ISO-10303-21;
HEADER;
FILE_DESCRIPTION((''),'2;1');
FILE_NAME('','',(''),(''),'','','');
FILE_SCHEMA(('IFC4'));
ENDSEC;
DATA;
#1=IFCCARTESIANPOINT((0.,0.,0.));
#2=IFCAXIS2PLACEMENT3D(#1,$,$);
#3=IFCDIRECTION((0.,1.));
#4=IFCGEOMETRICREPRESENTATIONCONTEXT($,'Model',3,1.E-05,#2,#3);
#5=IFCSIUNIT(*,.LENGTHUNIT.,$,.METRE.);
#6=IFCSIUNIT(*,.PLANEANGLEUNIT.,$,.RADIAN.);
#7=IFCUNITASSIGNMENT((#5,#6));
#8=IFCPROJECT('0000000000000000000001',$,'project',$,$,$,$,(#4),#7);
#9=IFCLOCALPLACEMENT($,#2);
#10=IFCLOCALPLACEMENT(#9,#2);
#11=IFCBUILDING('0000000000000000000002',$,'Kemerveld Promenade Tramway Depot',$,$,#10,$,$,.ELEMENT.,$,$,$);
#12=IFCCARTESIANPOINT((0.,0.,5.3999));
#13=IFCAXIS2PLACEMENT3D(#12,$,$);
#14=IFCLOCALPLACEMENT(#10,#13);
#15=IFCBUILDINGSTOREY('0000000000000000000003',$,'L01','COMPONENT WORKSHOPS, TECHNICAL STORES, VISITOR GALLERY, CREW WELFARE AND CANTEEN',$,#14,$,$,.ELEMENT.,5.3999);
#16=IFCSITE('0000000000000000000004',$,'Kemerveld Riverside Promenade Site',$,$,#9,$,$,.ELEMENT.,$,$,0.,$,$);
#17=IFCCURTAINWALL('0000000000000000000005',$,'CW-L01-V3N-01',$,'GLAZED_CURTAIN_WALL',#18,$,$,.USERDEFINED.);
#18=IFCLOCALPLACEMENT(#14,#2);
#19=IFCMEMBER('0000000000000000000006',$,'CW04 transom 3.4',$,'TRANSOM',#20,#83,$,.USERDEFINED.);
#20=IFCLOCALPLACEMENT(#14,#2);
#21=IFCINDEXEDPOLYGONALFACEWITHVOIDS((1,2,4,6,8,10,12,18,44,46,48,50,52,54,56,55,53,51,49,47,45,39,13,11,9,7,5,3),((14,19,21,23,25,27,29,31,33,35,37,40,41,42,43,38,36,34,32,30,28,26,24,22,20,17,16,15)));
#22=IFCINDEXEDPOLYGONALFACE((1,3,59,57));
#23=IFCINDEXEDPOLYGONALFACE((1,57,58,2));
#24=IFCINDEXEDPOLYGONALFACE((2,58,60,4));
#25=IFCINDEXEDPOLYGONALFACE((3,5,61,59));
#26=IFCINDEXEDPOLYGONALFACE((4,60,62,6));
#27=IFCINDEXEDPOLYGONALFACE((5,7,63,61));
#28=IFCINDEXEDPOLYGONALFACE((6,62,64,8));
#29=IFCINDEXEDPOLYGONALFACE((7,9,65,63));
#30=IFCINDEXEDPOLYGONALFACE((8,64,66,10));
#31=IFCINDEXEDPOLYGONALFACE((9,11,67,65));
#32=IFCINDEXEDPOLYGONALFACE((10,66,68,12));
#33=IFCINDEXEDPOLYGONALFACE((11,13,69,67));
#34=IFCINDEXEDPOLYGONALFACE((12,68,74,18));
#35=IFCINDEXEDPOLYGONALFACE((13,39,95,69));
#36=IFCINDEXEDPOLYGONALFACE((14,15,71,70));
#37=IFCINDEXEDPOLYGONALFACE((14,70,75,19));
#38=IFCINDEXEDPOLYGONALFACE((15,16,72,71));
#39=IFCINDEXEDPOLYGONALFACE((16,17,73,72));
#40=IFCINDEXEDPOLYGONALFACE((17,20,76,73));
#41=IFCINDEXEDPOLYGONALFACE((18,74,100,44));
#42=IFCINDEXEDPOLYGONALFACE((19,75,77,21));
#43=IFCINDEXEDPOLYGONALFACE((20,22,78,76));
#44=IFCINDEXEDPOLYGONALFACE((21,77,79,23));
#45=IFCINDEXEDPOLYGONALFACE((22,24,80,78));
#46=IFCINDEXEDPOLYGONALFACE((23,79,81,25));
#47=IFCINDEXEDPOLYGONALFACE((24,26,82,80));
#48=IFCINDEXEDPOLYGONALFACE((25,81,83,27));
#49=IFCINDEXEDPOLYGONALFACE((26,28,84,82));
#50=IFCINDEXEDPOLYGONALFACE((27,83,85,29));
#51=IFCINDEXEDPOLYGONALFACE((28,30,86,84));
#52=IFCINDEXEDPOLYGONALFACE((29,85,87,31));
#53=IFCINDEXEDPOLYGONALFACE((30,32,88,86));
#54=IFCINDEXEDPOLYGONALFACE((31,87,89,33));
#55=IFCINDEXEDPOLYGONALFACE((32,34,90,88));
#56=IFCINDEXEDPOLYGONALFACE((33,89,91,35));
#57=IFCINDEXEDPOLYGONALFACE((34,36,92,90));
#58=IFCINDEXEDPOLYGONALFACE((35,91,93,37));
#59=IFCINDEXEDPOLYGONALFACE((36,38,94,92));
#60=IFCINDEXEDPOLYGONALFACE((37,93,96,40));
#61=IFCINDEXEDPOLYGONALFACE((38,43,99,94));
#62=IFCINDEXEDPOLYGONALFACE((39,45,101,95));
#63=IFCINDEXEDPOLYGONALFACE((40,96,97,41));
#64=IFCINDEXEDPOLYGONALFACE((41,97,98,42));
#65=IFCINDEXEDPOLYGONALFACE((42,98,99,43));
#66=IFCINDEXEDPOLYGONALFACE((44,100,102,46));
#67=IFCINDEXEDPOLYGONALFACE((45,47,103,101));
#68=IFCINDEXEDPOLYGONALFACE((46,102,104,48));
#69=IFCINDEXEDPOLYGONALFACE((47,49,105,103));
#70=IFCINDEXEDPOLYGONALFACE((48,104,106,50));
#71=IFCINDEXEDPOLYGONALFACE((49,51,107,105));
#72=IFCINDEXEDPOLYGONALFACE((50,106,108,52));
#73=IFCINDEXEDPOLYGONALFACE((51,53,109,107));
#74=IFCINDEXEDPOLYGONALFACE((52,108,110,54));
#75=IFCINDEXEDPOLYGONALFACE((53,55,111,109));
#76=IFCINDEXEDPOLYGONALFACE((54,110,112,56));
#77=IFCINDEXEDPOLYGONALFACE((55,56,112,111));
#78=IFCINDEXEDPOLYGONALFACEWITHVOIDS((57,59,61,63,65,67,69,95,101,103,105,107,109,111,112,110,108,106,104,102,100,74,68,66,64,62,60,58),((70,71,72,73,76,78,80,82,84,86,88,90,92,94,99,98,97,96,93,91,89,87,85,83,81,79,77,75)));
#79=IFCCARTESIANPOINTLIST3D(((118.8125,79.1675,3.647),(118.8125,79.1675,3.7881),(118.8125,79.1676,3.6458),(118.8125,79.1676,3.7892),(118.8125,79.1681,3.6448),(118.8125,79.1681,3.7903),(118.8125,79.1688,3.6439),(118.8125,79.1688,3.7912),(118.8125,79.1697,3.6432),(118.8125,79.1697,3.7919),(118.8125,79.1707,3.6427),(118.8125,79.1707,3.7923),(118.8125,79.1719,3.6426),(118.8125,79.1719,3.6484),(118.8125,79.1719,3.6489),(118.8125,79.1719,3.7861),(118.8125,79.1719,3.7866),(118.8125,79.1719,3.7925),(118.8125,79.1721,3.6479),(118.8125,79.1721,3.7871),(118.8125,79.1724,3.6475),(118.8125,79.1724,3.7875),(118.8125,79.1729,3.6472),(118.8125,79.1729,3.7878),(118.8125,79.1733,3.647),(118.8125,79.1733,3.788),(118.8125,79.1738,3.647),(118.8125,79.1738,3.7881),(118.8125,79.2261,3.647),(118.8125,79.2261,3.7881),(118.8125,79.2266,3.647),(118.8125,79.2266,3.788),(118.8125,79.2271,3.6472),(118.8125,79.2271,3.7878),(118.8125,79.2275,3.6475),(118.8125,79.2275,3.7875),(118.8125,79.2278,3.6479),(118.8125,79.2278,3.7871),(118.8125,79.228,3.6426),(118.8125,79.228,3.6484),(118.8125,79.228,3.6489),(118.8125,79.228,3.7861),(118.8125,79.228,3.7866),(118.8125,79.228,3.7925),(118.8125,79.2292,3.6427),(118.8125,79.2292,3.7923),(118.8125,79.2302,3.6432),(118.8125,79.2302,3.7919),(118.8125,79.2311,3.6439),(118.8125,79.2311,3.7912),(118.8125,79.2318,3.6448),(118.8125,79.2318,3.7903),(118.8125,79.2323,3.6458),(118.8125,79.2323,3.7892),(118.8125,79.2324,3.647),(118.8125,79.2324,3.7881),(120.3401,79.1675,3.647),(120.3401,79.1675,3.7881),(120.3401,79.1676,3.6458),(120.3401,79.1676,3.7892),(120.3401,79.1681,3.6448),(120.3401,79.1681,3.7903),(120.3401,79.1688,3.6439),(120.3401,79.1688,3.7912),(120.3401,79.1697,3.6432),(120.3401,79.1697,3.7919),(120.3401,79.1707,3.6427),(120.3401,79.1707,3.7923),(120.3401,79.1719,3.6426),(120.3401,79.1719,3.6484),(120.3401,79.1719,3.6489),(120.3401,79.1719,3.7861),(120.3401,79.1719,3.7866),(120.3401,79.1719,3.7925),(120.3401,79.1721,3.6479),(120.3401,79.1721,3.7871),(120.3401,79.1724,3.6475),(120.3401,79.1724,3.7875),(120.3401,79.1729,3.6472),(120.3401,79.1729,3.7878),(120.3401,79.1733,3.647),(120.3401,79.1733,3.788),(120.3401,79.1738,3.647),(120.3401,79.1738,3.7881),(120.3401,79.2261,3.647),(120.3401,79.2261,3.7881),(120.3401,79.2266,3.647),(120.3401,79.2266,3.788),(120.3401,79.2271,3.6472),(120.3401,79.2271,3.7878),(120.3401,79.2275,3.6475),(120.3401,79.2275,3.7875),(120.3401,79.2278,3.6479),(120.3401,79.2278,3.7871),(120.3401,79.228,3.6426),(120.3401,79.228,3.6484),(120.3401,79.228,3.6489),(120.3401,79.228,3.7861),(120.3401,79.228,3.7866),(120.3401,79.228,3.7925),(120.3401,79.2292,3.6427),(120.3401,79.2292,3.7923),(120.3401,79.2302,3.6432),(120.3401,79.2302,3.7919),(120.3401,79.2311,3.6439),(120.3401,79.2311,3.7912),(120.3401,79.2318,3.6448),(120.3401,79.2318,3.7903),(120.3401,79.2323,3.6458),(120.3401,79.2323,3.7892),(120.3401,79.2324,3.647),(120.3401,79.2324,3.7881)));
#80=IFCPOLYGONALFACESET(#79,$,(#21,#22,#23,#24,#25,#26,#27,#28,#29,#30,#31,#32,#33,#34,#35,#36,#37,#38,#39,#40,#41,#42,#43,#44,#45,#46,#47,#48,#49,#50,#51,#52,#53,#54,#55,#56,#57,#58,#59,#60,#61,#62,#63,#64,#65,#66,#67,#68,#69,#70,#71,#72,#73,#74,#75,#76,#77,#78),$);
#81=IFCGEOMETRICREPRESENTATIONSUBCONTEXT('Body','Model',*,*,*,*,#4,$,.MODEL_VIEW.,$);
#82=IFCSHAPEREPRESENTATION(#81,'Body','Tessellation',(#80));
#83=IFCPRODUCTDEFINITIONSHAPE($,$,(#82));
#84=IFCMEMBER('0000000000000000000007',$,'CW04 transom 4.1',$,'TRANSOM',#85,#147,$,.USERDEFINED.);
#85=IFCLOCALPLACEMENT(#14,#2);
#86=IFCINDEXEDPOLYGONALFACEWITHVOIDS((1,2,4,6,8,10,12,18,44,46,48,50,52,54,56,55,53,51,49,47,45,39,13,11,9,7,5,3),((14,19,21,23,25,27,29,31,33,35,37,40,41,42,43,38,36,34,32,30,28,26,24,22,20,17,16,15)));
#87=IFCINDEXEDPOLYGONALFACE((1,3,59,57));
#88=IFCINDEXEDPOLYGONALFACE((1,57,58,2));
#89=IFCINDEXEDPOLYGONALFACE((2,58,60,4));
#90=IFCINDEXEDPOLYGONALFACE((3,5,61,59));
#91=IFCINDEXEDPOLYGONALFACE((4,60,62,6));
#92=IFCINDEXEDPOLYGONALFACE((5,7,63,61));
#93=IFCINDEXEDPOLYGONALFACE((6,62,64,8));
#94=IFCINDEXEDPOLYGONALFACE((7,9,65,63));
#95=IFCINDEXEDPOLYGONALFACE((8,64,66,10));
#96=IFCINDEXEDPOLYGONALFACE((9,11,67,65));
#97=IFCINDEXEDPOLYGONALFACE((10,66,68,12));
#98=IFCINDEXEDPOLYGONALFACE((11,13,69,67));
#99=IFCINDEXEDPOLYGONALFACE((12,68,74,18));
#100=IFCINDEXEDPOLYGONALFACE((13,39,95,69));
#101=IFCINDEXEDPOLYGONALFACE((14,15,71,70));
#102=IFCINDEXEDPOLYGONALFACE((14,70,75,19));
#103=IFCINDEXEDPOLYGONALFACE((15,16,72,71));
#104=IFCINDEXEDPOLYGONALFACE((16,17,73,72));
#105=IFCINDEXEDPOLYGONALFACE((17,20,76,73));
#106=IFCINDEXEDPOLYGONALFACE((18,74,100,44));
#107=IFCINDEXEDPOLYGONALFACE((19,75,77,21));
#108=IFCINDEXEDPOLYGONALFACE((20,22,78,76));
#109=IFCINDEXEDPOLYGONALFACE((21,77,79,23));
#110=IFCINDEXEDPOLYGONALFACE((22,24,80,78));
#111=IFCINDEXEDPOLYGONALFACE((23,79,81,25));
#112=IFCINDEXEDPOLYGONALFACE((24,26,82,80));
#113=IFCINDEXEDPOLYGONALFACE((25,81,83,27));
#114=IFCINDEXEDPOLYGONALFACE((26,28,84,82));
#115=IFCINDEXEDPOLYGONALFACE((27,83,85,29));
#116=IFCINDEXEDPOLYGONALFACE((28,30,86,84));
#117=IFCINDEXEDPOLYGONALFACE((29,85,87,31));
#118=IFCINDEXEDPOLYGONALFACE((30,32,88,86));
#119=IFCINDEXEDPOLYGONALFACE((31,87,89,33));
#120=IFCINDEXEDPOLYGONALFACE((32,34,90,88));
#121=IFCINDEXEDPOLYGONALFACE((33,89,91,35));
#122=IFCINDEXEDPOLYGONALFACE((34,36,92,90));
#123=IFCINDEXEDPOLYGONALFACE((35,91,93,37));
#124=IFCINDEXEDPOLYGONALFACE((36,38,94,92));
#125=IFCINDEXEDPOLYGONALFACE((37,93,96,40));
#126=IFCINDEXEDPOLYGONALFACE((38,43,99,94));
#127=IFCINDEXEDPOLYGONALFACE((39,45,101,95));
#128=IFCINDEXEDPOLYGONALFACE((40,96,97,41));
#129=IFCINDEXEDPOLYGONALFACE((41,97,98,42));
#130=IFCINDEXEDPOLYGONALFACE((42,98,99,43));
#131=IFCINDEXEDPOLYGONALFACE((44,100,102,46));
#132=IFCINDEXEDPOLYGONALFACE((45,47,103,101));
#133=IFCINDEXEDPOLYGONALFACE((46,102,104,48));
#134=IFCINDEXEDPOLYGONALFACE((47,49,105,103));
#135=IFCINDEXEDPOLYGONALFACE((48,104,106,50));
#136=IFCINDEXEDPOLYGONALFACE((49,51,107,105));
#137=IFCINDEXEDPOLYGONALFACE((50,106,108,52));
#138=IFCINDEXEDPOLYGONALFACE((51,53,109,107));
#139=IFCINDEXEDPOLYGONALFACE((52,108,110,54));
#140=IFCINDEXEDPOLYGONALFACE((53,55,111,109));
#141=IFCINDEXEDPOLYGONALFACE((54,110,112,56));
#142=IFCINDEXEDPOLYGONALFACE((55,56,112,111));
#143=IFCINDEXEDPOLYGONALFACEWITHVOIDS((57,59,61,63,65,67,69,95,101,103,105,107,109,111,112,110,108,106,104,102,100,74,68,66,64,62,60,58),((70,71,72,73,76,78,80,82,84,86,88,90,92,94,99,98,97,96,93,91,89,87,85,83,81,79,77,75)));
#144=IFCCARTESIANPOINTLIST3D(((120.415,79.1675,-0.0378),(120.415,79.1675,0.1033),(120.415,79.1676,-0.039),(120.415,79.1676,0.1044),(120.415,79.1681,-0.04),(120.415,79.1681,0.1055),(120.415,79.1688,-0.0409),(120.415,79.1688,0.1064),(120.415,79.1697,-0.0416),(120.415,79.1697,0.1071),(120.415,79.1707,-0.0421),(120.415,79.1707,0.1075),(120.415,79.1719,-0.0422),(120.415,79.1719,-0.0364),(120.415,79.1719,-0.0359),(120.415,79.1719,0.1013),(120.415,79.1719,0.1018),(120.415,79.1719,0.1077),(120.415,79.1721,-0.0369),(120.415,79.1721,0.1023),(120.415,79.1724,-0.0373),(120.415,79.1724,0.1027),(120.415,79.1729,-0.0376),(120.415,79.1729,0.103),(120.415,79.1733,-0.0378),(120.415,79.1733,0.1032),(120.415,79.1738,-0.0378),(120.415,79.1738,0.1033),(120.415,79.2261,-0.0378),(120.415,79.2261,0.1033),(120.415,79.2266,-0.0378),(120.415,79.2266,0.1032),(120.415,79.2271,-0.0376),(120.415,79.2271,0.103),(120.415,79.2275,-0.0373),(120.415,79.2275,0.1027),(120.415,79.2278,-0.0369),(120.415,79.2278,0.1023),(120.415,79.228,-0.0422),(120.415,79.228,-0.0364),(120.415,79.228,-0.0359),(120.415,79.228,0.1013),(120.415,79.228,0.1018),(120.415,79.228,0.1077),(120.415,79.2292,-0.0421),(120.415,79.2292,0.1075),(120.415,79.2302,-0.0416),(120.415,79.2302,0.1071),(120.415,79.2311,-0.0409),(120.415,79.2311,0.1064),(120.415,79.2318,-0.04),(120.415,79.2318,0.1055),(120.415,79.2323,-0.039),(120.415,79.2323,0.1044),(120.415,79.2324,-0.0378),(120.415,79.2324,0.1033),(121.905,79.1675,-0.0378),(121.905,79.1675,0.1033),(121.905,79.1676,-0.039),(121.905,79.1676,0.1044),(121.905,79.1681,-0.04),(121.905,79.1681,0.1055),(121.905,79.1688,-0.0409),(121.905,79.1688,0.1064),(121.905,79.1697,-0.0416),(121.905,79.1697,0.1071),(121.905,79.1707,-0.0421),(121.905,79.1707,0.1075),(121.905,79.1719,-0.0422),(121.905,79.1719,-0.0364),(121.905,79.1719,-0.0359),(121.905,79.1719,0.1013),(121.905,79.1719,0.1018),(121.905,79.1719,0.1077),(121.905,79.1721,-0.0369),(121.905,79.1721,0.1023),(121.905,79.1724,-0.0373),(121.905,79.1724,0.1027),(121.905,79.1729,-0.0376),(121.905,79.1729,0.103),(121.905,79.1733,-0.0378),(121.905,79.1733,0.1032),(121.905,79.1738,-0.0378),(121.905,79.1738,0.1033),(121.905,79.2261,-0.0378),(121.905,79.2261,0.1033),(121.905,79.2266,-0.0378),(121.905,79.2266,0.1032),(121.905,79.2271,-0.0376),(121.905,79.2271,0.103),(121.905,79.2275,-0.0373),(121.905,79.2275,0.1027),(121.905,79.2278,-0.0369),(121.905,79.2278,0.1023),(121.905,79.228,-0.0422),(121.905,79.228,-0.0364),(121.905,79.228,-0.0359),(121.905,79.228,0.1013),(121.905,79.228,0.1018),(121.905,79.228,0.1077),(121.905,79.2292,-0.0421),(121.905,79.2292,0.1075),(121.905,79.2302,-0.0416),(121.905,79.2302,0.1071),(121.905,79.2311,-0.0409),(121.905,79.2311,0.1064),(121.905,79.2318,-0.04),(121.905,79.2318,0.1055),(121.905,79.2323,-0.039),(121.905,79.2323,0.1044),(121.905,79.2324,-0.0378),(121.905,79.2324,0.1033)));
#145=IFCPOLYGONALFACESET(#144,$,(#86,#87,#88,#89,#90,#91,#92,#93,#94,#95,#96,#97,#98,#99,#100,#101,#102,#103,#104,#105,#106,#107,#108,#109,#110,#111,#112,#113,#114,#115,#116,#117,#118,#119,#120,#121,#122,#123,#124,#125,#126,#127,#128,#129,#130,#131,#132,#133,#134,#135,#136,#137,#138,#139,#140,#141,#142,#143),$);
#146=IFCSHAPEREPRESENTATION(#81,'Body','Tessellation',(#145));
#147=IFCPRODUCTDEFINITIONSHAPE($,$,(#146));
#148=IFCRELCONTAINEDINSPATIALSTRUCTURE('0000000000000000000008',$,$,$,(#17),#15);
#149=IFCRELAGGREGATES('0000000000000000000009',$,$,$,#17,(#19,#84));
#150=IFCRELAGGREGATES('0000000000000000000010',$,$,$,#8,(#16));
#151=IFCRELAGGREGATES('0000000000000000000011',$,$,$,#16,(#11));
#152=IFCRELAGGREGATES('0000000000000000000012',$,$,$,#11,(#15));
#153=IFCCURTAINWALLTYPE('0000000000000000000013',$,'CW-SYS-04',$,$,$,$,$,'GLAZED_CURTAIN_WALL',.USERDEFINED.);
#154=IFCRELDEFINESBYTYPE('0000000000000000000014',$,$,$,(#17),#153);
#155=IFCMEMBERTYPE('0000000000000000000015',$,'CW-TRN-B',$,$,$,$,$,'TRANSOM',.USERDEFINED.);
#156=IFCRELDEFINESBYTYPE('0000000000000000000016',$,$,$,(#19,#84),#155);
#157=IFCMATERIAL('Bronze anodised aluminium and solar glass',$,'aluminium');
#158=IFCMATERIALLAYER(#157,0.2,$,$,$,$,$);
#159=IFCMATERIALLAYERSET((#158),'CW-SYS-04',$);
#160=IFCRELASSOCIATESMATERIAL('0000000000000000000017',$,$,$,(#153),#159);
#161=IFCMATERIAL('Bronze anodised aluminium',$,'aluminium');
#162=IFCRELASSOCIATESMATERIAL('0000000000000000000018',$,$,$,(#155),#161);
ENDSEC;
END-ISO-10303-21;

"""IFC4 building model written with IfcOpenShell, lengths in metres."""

from ifc_helpers import new_model, si_unit, direction, frame, origin, origin_2d, place, context, subcontext, project, spatial, hollow_rectangle, extrude, material, layer, layer_set, material_profile, profile_set, type_object, element, aggregate, save


model = new_model("IFC4")

# Units and contexts
model_context = context("Model", 3, precision=1e-05, world=origin(), true_north=direction((0.0, 1.0)))
body_context = subcontext(model_context, "Body", "Model", "MODEL_VIEW")
ifc_project = project(units=[si_unit("LENGTHUNIT", "METRE"), si_unit("PLANEANGLEUNIT", "RADIAN")], contexts=[model_context])

# Site, building, storey
site_placement = place(None, origin())
site = spatial("IfcSite", under=ifc_project, at=site_placement, Name="Kemerveld Riverside Promenade Site", CompositionType="ELEMENT", RefElevation=0.0)
building_placement = place(site_placement, origin())
building = spatial("IfcBuilding", under=site, at=building_placement, Name="Kemerveld Promenade Tramway Depot", CompositionType="ELEMENT")
storey_placement = place(building_placement, frame((0.0, 0.0, 5.3999)))
storey = spatial("IfcBuildingStorey", under=building, at=storey_placement, Name="L01", Description="COMPONENT WORKSHOPS, TECHNICAL STORES, VISITOR GALLERY, CREW WELFARE AND CANTEEN", CompositionType="ELEMENT", Elevation=5.3999)

# Curtain wall, members
ifc_material_1 = material(Name="Bronze anodised aluminium and solar glass", Category="aluminium")
ifc_layer_1 = layer(ifc_material_1, 0.2)
ifc_layer_set_1 = layer_set([ifc_layer_1], Name="CW-SYS-04")
curtain_wall_type = type_object("IfcCurtainWallType", Name="CW-SYS-04", ElementType="GLAZED_CURTAIN_WALL", PredefinedType="USERDEFINED", material=ifc_layer_set_1)
curtain_wall_placement = place(storey_placement, origin())
curtain_wall = element("IfcCurtainWall", 1, at=curtain_wall_placement, inside=storey, type_object=curtain_wall_type, Name="CW-L01-V3N-01", ObjectType="GLAZED_CURTAIN_WALL", PredefinedType="USERDEFINED")
ifc_material_2 = material(Name="Bronze anodised aluminium", Category="aluminium")
ifc_material_profile_1 = material_profile(ifc_material_2, hollow_rectangle(XDim=0.0649, YDim=0.1499, WallThickness=0.0044, InnerFilletRadius=0.002, OuterFilletRadius=0.0044, at=origin_2d()), Name="CW-TRN-150x65")
ifc_profile_set_1 = profile_set([ifc_material_profile_1], Name="Bronze anodised aluminium")
member_type_1 = type_object("IfcMemberType", Name="CW-TRN-B", ElementType="TRANSOM", PredefinedType="USERDEFINED", material=ifc_profile_set_1)
member_1_placement = place(storey_placement, frame((118.8125, 79.2, 3.7175), z_axis=(1.0, 0.0, 0.0), x_axis=(0.0, 1.0, 0.0)))
member_1 = element("IfcMember", 2, at=member_1_placement, type_object=member_type_1, Name="CW04 transom 3.4", ObjectType="TRANSOM", PredefinedType="USERDEFINED", context=body_context, shape_type="SweptSolid", body=[
    extrude(hollow_rectangle(XDim=0.0649, YDim=0.1499, WallThickness=0.0044, InnerFilletRadius=0.002, OuterFilletRadius=0.0044, at=origin_2d()), origin(), (0.0, 0.0, 1.0), 1.5276),
])
member_2_placement = place(storey_placement, frame((120.415, 79.2, 0.0327), z_axis=(1.0, 0.0, 0.0), x_axis=(0.0, 1.0, 0.0)))
member_2 = element("IfcMember", 3, at=member_2_placement, type_object=member_type_1, Name="CW04 transom 4.1", ObjectType="TRANSOM", PredefinedType="USERDEFINED", context=body_context, shape_type="SweptSolid", body=[
    extrude(hollow_rectangle(XDim=0.0649, YDim=0.1499, WallThickness=0.0044, InnerFilletRadius=0.002, OuterFilletRadius=0.0044, at=origin_2d()), origin(), (0.0, 0.0, 1.0), 1.49),
])
aggregate(curtain_wall, [member_1, member_2])

save(model, "model.ifc")
